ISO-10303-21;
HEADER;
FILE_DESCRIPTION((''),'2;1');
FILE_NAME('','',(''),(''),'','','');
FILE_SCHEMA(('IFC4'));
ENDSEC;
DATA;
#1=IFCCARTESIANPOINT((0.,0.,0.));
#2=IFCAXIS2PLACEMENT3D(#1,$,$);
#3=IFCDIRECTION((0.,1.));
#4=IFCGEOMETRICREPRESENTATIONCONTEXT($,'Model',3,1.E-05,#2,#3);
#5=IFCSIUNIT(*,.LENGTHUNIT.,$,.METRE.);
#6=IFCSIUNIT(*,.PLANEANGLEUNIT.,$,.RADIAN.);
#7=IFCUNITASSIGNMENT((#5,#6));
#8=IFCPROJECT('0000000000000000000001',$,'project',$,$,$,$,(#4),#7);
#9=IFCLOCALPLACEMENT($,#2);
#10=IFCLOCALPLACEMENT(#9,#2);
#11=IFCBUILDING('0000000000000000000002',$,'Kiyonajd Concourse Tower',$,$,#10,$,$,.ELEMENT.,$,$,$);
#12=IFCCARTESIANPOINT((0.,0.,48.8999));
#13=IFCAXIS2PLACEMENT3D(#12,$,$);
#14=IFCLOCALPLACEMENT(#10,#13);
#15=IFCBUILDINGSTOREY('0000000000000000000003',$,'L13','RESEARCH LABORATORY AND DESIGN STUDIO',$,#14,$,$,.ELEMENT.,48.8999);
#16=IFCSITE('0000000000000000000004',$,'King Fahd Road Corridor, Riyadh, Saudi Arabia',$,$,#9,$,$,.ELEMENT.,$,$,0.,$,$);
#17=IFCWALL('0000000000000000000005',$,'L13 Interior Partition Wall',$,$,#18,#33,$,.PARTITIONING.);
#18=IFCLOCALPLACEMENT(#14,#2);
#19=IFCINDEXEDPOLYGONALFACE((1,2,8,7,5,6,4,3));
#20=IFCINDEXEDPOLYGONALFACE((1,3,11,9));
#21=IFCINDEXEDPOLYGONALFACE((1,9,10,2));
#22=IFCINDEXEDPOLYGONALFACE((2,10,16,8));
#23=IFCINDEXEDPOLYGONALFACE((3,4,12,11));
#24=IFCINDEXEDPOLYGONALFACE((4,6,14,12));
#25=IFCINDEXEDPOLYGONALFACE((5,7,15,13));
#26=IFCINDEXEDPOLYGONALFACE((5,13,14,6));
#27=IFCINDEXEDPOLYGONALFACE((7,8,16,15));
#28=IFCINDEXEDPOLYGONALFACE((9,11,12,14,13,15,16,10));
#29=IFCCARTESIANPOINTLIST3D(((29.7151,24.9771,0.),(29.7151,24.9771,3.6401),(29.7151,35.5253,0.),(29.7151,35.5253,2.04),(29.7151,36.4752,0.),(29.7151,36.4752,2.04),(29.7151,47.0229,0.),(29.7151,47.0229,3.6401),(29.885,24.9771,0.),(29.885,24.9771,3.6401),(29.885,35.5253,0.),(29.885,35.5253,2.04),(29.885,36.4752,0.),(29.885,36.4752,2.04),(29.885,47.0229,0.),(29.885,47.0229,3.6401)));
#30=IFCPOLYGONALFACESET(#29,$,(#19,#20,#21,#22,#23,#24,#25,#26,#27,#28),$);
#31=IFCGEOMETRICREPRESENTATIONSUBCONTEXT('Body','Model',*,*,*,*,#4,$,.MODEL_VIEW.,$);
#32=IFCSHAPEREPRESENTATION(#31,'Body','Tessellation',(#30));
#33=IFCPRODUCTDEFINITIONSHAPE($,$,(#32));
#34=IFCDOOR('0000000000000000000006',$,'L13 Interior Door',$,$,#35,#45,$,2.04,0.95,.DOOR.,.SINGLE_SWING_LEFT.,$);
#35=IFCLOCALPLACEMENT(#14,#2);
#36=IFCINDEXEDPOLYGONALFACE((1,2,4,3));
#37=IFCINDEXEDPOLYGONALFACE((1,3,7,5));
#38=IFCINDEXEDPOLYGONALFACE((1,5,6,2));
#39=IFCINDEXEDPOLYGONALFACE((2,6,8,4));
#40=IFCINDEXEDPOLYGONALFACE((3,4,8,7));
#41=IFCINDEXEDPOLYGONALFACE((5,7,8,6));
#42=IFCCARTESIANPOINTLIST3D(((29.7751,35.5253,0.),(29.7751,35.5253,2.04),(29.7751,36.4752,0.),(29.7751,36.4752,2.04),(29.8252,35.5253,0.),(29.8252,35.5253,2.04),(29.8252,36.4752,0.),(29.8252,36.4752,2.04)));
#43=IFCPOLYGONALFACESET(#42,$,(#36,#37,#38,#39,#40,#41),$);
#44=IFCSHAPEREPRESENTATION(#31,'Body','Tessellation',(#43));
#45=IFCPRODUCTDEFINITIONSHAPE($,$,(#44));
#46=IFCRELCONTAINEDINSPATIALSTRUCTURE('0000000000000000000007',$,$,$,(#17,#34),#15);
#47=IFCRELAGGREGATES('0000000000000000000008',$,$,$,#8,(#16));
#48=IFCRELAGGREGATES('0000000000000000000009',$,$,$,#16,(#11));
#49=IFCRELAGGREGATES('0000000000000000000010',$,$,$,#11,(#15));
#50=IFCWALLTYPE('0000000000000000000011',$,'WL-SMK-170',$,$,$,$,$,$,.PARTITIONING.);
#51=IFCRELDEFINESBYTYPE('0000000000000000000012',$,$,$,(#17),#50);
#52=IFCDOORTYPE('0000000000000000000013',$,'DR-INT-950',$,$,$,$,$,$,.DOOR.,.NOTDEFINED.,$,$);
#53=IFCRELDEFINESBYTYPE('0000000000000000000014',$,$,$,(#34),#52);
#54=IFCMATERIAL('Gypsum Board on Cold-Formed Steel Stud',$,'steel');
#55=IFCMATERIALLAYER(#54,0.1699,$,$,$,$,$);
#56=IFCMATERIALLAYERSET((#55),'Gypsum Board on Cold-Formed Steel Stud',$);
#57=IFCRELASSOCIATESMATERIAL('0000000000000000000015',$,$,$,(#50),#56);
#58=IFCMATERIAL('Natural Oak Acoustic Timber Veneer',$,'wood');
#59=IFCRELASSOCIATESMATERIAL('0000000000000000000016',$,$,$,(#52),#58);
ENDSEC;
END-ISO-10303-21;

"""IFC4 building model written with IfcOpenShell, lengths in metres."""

from ifc_helpers import new_model, si_unit, direction, frame, frame_2d, origin, place, context, subcontext, project, spatial, rectangle, extrude, material, layer, layer_set, type_object, element, fill, save


model = new_model("IFC4")

# Units and contexts
model_context = context("Model", 3, precision=1e-05, world=origin(), true_north=direction((0.0, 1.0)))
body_context = subcontext(model_context, "Body", "Model", "MODEL_VIEW")
ifc_project = project(units=[si_unit("LENGTHUNIT", "METRE"), si_unit("PLANEANGLEUNIT", "RADIAN")], contexts=[model_context])

# Site, building, storey
site_placement = place(None, origin())
site = spatial("IfcSite", under=ifc_project, at=site_placement, Name="King Fahd Road Corridor, Riyadh, Saudi Arabia", CompositionType="ELEMENT", RefElevation=0.0)
building_placement = place(site_placement, origin())
building = spatial("IfcBuilding", under=site, at=building_placement, Name="Kiyonajd Concourse Tower", CompositionType="ELEMENT")
storey_placement = place(building_placement, frame((0.0, 0.0, 48.8999)))
storey = spatial("IfcBuildingStorey", under=building, at=storey_placement, Name="L13", Description="RESEARCH LABORATORY AND DESIGN STUDIO", CompositionType="ELEMENT", Elevation=48.8999)

# Shared definitions
ifc_material_1 = material(Name="Gypsum Board on Cold-Formed Steel Stud", Category="steel")
ifc_layer_1 = layer(ifc_material_1, 0.1699)
ifc_layer_set_1 = layer_set([ifc_layer_1], Name="Gypsum Board on Cold-Formed Steel Stud")
wall_type_1 = type_object("IfcWallType", Name="WL-SMK-170", PredefinedType="PARTITIONING", material=ifc_layer_set_1)
ifc_material_2 = material(Name="Natural Oak Acoustic Timber Veneer", Category="wood")
door_type_1 = type_object("IfcDoorType", Name="DR-INT-950", OperationType="NOTDEFINED", PredefinedType="DOOR", material=ifc_material_2)

# Wall, opening, door
wall_1_placement = place(storey_placement, frame((29.8, 24.9771, 0.0), z_axis=(0.0, 0.0, 1.0), x_axis=(0.0, 1.0, 0.0)))
wall_1 = element("IfcWall", 1, at=wall_1_placement, inside=storey, type_object=wall_type_1, Name="L13 Interior Partition Wall", PredefinedType="PARTITIONING", context=body_context, shape_type="SweptSolid", body=[
    extrude(rectangle(XDim=22.0459, YDim=0.1699, at=frame_2d((11.0229, 0.0))), origin(), (0.0, 0.0, 1.0), 3.6401),
])
opening_1_placement = place(wall_1_placement, frame((10.5481, 0.0, 0.0)))
opening_1 = element("IfcOpeningElement", 2, at=opening_1_placement, cuts=wall_1, PredefinedType="OPENING", context=body_context, shape_type="SweptSolid", body=[
    extrude(rectangle(XDim=0.95, YDim=2.04, at=frame_2d((0.4751, 1.02))), frame((0.0, 0.095, 0.0), z_axis=(0.0, -1.0, 0.0), x_axis=(1.0, 0.0, 0.0)), (0.0, 0.0, 1.0), 0.1899),
])
door_1_placement = place(opening_1_placement, origin())
door_1 = element("IfcDoor", 3, at=door_1_placement, inside=storey, type_object=door_type_1, Name="L13 Interior Door", OperationType="SINGLE_SWING_LEFT", OverallHeight=2.04, OverallWidth=0.95, PredefinedType="DOOR", context=body_context, shape_type="SweptSolid", body=[
    extrude(rectangle(XDim=0.95, YDim=2.04, at=frame_2d((0.4751, 1.02))), frame((0.0, 0.0249, 0.0), z_axis=(0.0, -1.0, 0.0), x_axis=(1.0, 0.0, 0.0)), (0.0, 0.0, 1.0), 0.05),
])
fill(opening_1, door_1)

save(model, "model.ifc")
